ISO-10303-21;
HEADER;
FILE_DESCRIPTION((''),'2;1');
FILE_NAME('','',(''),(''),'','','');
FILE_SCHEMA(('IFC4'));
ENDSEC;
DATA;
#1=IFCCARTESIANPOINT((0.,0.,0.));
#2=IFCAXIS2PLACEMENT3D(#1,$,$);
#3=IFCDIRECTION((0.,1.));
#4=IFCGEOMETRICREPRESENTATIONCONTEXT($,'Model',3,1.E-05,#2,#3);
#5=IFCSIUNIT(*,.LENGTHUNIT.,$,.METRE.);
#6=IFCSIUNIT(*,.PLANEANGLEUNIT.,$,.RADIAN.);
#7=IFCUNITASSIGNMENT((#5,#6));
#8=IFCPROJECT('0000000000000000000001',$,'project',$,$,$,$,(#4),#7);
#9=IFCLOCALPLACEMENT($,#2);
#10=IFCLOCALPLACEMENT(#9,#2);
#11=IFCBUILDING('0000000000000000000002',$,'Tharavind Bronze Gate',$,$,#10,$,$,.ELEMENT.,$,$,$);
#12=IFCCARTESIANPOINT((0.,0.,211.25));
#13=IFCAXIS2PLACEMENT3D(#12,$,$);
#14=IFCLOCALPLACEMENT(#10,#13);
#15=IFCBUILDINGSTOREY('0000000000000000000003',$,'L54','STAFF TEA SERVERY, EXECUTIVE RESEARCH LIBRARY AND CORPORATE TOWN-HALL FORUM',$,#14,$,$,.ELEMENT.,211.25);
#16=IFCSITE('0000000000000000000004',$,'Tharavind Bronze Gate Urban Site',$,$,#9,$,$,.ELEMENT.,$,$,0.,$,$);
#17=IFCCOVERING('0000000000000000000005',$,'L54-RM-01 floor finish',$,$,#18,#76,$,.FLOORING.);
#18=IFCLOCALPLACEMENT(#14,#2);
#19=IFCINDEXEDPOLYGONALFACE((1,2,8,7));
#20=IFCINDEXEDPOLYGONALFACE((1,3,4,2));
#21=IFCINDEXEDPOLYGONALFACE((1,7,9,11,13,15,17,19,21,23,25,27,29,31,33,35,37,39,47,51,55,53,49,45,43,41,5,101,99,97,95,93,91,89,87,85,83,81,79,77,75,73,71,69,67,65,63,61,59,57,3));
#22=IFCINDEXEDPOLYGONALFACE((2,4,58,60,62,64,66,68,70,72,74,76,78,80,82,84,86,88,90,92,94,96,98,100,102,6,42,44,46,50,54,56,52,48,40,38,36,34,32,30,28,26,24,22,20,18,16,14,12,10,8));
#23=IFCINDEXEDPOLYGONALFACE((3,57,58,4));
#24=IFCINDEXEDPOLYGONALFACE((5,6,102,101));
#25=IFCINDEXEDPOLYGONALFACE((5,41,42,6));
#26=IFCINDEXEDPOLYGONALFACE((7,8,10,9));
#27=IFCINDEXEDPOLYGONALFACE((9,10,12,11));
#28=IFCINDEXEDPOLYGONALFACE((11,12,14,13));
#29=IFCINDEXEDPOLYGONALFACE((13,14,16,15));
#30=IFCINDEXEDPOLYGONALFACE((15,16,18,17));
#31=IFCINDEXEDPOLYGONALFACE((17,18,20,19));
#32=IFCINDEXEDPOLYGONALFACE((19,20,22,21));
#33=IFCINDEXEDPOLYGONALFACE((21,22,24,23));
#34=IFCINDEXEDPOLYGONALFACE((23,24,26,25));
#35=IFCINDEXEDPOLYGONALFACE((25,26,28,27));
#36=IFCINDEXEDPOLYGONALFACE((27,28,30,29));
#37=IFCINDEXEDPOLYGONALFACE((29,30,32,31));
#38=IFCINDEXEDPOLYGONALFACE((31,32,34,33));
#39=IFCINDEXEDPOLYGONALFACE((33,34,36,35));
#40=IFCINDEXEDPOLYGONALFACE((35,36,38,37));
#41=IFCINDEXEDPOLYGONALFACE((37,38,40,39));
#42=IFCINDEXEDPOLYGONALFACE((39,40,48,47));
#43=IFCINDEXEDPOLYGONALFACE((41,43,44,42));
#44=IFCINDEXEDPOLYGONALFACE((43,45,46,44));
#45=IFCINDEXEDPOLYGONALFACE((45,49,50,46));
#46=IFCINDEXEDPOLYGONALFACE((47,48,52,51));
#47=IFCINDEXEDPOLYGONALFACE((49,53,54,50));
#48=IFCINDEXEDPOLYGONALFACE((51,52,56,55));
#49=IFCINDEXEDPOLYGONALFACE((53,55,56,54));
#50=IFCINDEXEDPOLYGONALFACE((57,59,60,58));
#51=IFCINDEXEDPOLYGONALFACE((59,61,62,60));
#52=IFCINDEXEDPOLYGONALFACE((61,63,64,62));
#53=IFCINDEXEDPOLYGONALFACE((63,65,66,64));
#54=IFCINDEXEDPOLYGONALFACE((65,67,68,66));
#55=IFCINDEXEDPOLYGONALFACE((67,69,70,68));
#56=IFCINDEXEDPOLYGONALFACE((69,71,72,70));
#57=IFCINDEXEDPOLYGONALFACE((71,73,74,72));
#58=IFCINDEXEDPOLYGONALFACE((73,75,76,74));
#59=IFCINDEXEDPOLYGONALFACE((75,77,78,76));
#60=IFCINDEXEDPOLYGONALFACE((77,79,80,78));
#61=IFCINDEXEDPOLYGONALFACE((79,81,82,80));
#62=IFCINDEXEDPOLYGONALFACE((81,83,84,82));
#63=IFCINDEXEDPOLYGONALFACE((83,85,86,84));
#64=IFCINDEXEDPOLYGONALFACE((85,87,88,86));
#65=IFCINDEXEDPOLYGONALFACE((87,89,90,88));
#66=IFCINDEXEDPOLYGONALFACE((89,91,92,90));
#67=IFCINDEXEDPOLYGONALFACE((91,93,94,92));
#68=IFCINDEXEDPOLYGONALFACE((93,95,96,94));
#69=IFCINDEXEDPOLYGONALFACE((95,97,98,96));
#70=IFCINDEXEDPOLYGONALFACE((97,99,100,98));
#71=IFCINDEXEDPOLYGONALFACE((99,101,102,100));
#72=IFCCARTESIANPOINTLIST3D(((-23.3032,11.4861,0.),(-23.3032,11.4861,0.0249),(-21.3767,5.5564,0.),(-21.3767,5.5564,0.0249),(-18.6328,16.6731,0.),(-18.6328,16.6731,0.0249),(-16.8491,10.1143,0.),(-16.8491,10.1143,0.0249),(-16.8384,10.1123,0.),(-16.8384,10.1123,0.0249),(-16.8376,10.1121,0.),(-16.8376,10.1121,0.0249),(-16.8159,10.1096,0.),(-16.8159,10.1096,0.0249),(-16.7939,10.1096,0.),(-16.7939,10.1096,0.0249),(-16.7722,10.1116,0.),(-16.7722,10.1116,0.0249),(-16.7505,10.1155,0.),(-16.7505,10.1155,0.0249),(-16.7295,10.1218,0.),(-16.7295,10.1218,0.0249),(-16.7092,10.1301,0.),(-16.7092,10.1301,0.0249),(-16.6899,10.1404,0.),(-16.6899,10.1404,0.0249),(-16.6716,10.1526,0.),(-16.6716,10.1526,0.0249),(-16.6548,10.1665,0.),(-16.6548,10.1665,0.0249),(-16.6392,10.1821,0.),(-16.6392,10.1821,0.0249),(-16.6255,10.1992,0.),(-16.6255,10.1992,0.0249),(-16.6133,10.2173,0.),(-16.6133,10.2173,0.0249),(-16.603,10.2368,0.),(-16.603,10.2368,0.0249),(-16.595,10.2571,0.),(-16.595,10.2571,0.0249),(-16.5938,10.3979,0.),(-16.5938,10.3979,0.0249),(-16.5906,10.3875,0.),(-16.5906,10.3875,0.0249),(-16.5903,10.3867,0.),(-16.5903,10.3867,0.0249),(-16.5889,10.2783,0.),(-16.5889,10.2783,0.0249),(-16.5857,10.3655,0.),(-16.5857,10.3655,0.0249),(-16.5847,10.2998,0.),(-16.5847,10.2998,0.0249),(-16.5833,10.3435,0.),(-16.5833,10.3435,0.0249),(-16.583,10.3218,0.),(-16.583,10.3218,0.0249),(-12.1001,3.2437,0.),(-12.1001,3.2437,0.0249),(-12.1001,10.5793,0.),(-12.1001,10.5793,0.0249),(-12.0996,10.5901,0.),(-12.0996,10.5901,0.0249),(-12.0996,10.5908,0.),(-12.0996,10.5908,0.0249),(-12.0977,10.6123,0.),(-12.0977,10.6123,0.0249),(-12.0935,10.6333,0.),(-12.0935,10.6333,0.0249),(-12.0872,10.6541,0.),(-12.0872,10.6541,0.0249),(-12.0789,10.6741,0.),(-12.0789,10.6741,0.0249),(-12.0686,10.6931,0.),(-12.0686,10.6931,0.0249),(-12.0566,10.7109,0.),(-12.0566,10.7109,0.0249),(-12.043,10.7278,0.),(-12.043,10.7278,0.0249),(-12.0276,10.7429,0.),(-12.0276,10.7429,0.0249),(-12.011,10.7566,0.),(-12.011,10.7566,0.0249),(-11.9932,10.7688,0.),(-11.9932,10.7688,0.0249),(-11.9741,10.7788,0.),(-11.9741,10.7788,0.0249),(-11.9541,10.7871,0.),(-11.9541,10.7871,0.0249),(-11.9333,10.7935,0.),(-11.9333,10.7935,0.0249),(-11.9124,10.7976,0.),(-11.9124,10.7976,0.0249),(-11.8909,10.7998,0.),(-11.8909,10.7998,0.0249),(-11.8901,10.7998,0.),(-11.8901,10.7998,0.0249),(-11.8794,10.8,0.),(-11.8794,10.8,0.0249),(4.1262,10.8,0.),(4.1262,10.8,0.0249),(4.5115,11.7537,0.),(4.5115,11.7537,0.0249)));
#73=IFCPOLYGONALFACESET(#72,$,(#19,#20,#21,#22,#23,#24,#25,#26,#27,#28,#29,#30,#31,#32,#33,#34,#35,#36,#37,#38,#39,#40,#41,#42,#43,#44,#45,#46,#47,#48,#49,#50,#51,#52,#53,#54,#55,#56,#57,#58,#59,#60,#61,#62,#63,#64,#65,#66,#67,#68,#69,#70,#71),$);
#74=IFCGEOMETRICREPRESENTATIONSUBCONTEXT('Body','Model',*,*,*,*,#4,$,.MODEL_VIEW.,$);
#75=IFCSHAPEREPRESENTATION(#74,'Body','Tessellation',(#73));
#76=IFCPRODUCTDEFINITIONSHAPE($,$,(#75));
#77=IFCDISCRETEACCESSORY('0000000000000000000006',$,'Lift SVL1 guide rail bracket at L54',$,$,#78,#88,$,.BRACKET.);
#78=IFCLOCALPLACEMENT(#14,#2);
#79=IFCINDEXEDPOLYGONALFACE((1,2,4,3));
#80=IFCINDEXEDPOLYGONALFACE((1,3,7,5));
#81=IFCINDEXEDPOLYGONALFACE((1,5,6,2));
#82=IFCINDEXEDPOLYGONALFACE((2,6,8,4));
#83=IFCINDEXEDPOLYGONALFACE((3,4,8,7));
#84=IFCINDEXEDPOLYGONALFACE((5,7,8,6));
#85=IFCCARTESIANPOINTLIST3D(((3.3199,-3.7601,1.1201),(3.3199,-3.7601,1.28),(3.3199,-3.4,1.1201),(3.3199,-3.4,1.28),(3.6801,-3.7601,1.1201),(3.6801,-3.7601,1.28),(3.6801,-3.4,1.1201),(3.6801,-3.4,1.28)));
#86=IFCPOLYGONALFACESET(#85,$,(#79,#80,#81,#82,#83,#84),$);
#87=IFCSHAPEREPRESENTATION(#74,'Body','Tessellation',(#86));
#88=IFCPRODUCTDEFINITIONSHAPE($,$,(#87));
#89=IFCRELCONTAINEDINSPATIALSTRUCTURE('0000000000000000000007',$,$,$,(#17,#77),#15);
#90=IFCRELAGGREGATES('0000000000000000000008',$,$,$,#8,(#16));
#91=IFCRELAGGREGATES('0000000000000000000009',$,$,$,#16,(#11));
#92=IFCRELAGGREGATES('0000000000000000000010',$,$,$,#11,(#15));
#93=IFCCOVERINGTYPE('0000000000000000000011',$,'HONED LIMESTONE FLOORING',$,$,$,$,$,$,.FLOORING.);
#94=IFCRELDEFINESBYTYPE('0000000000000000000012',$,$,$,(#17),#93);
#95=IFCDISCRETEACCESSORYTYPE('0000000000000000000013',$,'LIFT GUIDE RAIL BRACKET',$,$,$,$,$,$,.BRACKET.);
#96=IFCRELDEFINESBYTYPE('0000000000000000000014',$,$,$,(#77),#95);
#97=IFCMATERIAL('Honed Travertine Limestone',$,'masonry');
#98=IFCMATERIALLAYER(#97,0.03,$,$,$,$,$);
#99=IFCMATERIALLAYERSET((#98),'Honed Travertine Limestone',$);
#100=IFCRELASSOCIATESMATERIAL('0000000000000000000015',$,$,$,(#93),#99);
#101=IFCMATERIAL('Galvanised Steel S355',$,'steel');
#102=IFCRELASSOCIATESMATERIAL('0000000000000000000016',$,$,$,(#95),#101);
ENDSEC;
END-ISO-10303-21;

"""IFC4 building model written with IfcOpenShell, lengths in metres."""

from ifc_helpers import new_model, si_unit, direction, frame, origin, origin_2d, place, context, subcontext, project, spatial, polyline, rectangle, outline, extrude, material, layer, layer_set, type_object, element, save


model = new_model("IFC4")

# Units and contexts
model_context = context("Model", 3, precision=1e-05, world=origin(), true_north=direction((0.0, 1.0)))
body_context = subcontext(model_context, "Body", "Model", "MODEL_VIEW")
ifc_project = project(units=[si_unit("LENGTHUNIT", "METRE"), si_unit("PLANEANGLEUNIT", "RADIAN")], contexts=[model_context])

# Site, building, storey
site_placement = place(None, origin())
site = spatial("IfcSite", under=ifc_project, at=site_placement, Name="Tharavind Bronze Gate Urban Site", CompositionType="ELEMENT", RefElevation=0.0)
building_placement = place(site_placement, origin())
building = spatial("IfcBuilding", under=site, at=building_placement, Name="Tharavind Bronze Gate", CompositionType="ELEMENT")
storey_placement = place(building_placement, frame((0.0, 0.0, 211.25)))
storey = spatial("IfcBuildingStorey", under=building, at=storey_placement, Name="L54", Description="STAFF TEA SERVERY, EXECUTIVE RESEARCH LIBRARY AND CORPORATE TOWN-HALL FORUM", CompositionType="ELEMENT", Elevation=211.25)

# Covering
ifc_material_1 = material(Name="Honed Travertine Limestone", Category="masonry")
ifc_layer_1 = layer(ifc_material_1, 0.03)
ifc_layer_set_1 = layer_set([ifc_layer_1], Name="Honed Travertine Limestone")
covering_type_1 = type_object("IfcCoveringType", Name="HONED LIMESTONE FLOORING", PredefinedType="FLOORING", material=ifc_layer_set_1)
covering_1_placement = place(storey_placement, origin())
element("IfcCovering", 1, at=covering_1_placement, inside=storey, type_object=covering_type_1, Name="L54-RM-01 floor finish", PredefinedType="FLOORING", context=body_context, shape_type="SweptSolid", body=[
    extrude(outline(polyline([(-21.3767, 5.5564), (-12.1001, 3.2437), (-12.1001, 10.5793), (-12.0996, 10.5901), (-12.0996, 10.5908), (-12.0977, 10.6123), (-12.0935, 10.6333), (-12.0872, 10.6541), (-12.0789, 10.6741), (-12.0686, 10.6931), (-12.0566, 10.7109), (-12.043, 10.7278), (-12.0276, 10.7429), (-12.011, 10.7566), (-11.9932, 10.7688), (-11.9741, 10.7788), (-11.9541, 10.7871), (-11.9333, 10.7935), (-11.9124, 10.7976), (-11.8909, 10.7998), (-11.8901, 10.7998), (-11.8794, 10.8), (4.1262, 10.8), (4.5115, 11.7537), (-18.6328, 16.6731), (-16.5938, 10.3979), (-16.5906, 10.3875), (-16.5903, 10.3867), (-16.5857, 10.3655), (-16.5833, 10.3435), (-16.583, 10.3218), (-16.5847, 10.2998), (-16.5889, 10.2783), (-16.595, 10.2571), (-16.603, 10.2368), (-16.6133, 10.2173), (-16.6255, 10.1992), (-16.6392, 10.1821), (-16.6548, 10.1665), (-16.6716, 10.1526), (-16.6899, 10.1404), (-16.7092, 10.1301), (-16.7295, 10.1218), (-16.7505, 10.1155), (-16.7722, 10.1116), (-16.7939, 10.1096), (-16.8159, 10.1096), (-16.8376, 10.1121), (-16.8384, 10.1123), (-16.8491, 10.1143), (-23.3032, 11.4861), (-21.3767, 5.5564)])), origin(), (0.0, 0.0, 1.0), 0.0249),
])

# Discrete accessory
ifc_material_2 = material(Name="Galvanised Steel S355", Category="steel")
discrete_accessory_type = type_object("IfcDiscreteAccessoryType", Name="LIFT GUIDE RAIL BRACKET", PredefinedType="BRACKET", material=ifc_material_2)
discrete_accessory_placement = place(storey_placement, frame((3.5, -3.5801, 1.1201), z_axis=(0.0, 0.0, 1.0), x_axis=(1.0, 0.0, 0.0)))
element("IfcDiscreteAccessory", 2, at=discrete_accessory_placement, inside=storey, type_object=discrete_accessory_type, Name="Lift SVL1 guide rail bracket at L54", PredefinedType="BRACKET", context=body_context, shape_type="SweptSolid", body=[
    extrude(rectangle(XDim=0.3601, YDim=0.3601, at=origin_2d()), origin(), (0.0, 0.0, 1.0), 0.1599),
])

save(model, "model.ifc")
